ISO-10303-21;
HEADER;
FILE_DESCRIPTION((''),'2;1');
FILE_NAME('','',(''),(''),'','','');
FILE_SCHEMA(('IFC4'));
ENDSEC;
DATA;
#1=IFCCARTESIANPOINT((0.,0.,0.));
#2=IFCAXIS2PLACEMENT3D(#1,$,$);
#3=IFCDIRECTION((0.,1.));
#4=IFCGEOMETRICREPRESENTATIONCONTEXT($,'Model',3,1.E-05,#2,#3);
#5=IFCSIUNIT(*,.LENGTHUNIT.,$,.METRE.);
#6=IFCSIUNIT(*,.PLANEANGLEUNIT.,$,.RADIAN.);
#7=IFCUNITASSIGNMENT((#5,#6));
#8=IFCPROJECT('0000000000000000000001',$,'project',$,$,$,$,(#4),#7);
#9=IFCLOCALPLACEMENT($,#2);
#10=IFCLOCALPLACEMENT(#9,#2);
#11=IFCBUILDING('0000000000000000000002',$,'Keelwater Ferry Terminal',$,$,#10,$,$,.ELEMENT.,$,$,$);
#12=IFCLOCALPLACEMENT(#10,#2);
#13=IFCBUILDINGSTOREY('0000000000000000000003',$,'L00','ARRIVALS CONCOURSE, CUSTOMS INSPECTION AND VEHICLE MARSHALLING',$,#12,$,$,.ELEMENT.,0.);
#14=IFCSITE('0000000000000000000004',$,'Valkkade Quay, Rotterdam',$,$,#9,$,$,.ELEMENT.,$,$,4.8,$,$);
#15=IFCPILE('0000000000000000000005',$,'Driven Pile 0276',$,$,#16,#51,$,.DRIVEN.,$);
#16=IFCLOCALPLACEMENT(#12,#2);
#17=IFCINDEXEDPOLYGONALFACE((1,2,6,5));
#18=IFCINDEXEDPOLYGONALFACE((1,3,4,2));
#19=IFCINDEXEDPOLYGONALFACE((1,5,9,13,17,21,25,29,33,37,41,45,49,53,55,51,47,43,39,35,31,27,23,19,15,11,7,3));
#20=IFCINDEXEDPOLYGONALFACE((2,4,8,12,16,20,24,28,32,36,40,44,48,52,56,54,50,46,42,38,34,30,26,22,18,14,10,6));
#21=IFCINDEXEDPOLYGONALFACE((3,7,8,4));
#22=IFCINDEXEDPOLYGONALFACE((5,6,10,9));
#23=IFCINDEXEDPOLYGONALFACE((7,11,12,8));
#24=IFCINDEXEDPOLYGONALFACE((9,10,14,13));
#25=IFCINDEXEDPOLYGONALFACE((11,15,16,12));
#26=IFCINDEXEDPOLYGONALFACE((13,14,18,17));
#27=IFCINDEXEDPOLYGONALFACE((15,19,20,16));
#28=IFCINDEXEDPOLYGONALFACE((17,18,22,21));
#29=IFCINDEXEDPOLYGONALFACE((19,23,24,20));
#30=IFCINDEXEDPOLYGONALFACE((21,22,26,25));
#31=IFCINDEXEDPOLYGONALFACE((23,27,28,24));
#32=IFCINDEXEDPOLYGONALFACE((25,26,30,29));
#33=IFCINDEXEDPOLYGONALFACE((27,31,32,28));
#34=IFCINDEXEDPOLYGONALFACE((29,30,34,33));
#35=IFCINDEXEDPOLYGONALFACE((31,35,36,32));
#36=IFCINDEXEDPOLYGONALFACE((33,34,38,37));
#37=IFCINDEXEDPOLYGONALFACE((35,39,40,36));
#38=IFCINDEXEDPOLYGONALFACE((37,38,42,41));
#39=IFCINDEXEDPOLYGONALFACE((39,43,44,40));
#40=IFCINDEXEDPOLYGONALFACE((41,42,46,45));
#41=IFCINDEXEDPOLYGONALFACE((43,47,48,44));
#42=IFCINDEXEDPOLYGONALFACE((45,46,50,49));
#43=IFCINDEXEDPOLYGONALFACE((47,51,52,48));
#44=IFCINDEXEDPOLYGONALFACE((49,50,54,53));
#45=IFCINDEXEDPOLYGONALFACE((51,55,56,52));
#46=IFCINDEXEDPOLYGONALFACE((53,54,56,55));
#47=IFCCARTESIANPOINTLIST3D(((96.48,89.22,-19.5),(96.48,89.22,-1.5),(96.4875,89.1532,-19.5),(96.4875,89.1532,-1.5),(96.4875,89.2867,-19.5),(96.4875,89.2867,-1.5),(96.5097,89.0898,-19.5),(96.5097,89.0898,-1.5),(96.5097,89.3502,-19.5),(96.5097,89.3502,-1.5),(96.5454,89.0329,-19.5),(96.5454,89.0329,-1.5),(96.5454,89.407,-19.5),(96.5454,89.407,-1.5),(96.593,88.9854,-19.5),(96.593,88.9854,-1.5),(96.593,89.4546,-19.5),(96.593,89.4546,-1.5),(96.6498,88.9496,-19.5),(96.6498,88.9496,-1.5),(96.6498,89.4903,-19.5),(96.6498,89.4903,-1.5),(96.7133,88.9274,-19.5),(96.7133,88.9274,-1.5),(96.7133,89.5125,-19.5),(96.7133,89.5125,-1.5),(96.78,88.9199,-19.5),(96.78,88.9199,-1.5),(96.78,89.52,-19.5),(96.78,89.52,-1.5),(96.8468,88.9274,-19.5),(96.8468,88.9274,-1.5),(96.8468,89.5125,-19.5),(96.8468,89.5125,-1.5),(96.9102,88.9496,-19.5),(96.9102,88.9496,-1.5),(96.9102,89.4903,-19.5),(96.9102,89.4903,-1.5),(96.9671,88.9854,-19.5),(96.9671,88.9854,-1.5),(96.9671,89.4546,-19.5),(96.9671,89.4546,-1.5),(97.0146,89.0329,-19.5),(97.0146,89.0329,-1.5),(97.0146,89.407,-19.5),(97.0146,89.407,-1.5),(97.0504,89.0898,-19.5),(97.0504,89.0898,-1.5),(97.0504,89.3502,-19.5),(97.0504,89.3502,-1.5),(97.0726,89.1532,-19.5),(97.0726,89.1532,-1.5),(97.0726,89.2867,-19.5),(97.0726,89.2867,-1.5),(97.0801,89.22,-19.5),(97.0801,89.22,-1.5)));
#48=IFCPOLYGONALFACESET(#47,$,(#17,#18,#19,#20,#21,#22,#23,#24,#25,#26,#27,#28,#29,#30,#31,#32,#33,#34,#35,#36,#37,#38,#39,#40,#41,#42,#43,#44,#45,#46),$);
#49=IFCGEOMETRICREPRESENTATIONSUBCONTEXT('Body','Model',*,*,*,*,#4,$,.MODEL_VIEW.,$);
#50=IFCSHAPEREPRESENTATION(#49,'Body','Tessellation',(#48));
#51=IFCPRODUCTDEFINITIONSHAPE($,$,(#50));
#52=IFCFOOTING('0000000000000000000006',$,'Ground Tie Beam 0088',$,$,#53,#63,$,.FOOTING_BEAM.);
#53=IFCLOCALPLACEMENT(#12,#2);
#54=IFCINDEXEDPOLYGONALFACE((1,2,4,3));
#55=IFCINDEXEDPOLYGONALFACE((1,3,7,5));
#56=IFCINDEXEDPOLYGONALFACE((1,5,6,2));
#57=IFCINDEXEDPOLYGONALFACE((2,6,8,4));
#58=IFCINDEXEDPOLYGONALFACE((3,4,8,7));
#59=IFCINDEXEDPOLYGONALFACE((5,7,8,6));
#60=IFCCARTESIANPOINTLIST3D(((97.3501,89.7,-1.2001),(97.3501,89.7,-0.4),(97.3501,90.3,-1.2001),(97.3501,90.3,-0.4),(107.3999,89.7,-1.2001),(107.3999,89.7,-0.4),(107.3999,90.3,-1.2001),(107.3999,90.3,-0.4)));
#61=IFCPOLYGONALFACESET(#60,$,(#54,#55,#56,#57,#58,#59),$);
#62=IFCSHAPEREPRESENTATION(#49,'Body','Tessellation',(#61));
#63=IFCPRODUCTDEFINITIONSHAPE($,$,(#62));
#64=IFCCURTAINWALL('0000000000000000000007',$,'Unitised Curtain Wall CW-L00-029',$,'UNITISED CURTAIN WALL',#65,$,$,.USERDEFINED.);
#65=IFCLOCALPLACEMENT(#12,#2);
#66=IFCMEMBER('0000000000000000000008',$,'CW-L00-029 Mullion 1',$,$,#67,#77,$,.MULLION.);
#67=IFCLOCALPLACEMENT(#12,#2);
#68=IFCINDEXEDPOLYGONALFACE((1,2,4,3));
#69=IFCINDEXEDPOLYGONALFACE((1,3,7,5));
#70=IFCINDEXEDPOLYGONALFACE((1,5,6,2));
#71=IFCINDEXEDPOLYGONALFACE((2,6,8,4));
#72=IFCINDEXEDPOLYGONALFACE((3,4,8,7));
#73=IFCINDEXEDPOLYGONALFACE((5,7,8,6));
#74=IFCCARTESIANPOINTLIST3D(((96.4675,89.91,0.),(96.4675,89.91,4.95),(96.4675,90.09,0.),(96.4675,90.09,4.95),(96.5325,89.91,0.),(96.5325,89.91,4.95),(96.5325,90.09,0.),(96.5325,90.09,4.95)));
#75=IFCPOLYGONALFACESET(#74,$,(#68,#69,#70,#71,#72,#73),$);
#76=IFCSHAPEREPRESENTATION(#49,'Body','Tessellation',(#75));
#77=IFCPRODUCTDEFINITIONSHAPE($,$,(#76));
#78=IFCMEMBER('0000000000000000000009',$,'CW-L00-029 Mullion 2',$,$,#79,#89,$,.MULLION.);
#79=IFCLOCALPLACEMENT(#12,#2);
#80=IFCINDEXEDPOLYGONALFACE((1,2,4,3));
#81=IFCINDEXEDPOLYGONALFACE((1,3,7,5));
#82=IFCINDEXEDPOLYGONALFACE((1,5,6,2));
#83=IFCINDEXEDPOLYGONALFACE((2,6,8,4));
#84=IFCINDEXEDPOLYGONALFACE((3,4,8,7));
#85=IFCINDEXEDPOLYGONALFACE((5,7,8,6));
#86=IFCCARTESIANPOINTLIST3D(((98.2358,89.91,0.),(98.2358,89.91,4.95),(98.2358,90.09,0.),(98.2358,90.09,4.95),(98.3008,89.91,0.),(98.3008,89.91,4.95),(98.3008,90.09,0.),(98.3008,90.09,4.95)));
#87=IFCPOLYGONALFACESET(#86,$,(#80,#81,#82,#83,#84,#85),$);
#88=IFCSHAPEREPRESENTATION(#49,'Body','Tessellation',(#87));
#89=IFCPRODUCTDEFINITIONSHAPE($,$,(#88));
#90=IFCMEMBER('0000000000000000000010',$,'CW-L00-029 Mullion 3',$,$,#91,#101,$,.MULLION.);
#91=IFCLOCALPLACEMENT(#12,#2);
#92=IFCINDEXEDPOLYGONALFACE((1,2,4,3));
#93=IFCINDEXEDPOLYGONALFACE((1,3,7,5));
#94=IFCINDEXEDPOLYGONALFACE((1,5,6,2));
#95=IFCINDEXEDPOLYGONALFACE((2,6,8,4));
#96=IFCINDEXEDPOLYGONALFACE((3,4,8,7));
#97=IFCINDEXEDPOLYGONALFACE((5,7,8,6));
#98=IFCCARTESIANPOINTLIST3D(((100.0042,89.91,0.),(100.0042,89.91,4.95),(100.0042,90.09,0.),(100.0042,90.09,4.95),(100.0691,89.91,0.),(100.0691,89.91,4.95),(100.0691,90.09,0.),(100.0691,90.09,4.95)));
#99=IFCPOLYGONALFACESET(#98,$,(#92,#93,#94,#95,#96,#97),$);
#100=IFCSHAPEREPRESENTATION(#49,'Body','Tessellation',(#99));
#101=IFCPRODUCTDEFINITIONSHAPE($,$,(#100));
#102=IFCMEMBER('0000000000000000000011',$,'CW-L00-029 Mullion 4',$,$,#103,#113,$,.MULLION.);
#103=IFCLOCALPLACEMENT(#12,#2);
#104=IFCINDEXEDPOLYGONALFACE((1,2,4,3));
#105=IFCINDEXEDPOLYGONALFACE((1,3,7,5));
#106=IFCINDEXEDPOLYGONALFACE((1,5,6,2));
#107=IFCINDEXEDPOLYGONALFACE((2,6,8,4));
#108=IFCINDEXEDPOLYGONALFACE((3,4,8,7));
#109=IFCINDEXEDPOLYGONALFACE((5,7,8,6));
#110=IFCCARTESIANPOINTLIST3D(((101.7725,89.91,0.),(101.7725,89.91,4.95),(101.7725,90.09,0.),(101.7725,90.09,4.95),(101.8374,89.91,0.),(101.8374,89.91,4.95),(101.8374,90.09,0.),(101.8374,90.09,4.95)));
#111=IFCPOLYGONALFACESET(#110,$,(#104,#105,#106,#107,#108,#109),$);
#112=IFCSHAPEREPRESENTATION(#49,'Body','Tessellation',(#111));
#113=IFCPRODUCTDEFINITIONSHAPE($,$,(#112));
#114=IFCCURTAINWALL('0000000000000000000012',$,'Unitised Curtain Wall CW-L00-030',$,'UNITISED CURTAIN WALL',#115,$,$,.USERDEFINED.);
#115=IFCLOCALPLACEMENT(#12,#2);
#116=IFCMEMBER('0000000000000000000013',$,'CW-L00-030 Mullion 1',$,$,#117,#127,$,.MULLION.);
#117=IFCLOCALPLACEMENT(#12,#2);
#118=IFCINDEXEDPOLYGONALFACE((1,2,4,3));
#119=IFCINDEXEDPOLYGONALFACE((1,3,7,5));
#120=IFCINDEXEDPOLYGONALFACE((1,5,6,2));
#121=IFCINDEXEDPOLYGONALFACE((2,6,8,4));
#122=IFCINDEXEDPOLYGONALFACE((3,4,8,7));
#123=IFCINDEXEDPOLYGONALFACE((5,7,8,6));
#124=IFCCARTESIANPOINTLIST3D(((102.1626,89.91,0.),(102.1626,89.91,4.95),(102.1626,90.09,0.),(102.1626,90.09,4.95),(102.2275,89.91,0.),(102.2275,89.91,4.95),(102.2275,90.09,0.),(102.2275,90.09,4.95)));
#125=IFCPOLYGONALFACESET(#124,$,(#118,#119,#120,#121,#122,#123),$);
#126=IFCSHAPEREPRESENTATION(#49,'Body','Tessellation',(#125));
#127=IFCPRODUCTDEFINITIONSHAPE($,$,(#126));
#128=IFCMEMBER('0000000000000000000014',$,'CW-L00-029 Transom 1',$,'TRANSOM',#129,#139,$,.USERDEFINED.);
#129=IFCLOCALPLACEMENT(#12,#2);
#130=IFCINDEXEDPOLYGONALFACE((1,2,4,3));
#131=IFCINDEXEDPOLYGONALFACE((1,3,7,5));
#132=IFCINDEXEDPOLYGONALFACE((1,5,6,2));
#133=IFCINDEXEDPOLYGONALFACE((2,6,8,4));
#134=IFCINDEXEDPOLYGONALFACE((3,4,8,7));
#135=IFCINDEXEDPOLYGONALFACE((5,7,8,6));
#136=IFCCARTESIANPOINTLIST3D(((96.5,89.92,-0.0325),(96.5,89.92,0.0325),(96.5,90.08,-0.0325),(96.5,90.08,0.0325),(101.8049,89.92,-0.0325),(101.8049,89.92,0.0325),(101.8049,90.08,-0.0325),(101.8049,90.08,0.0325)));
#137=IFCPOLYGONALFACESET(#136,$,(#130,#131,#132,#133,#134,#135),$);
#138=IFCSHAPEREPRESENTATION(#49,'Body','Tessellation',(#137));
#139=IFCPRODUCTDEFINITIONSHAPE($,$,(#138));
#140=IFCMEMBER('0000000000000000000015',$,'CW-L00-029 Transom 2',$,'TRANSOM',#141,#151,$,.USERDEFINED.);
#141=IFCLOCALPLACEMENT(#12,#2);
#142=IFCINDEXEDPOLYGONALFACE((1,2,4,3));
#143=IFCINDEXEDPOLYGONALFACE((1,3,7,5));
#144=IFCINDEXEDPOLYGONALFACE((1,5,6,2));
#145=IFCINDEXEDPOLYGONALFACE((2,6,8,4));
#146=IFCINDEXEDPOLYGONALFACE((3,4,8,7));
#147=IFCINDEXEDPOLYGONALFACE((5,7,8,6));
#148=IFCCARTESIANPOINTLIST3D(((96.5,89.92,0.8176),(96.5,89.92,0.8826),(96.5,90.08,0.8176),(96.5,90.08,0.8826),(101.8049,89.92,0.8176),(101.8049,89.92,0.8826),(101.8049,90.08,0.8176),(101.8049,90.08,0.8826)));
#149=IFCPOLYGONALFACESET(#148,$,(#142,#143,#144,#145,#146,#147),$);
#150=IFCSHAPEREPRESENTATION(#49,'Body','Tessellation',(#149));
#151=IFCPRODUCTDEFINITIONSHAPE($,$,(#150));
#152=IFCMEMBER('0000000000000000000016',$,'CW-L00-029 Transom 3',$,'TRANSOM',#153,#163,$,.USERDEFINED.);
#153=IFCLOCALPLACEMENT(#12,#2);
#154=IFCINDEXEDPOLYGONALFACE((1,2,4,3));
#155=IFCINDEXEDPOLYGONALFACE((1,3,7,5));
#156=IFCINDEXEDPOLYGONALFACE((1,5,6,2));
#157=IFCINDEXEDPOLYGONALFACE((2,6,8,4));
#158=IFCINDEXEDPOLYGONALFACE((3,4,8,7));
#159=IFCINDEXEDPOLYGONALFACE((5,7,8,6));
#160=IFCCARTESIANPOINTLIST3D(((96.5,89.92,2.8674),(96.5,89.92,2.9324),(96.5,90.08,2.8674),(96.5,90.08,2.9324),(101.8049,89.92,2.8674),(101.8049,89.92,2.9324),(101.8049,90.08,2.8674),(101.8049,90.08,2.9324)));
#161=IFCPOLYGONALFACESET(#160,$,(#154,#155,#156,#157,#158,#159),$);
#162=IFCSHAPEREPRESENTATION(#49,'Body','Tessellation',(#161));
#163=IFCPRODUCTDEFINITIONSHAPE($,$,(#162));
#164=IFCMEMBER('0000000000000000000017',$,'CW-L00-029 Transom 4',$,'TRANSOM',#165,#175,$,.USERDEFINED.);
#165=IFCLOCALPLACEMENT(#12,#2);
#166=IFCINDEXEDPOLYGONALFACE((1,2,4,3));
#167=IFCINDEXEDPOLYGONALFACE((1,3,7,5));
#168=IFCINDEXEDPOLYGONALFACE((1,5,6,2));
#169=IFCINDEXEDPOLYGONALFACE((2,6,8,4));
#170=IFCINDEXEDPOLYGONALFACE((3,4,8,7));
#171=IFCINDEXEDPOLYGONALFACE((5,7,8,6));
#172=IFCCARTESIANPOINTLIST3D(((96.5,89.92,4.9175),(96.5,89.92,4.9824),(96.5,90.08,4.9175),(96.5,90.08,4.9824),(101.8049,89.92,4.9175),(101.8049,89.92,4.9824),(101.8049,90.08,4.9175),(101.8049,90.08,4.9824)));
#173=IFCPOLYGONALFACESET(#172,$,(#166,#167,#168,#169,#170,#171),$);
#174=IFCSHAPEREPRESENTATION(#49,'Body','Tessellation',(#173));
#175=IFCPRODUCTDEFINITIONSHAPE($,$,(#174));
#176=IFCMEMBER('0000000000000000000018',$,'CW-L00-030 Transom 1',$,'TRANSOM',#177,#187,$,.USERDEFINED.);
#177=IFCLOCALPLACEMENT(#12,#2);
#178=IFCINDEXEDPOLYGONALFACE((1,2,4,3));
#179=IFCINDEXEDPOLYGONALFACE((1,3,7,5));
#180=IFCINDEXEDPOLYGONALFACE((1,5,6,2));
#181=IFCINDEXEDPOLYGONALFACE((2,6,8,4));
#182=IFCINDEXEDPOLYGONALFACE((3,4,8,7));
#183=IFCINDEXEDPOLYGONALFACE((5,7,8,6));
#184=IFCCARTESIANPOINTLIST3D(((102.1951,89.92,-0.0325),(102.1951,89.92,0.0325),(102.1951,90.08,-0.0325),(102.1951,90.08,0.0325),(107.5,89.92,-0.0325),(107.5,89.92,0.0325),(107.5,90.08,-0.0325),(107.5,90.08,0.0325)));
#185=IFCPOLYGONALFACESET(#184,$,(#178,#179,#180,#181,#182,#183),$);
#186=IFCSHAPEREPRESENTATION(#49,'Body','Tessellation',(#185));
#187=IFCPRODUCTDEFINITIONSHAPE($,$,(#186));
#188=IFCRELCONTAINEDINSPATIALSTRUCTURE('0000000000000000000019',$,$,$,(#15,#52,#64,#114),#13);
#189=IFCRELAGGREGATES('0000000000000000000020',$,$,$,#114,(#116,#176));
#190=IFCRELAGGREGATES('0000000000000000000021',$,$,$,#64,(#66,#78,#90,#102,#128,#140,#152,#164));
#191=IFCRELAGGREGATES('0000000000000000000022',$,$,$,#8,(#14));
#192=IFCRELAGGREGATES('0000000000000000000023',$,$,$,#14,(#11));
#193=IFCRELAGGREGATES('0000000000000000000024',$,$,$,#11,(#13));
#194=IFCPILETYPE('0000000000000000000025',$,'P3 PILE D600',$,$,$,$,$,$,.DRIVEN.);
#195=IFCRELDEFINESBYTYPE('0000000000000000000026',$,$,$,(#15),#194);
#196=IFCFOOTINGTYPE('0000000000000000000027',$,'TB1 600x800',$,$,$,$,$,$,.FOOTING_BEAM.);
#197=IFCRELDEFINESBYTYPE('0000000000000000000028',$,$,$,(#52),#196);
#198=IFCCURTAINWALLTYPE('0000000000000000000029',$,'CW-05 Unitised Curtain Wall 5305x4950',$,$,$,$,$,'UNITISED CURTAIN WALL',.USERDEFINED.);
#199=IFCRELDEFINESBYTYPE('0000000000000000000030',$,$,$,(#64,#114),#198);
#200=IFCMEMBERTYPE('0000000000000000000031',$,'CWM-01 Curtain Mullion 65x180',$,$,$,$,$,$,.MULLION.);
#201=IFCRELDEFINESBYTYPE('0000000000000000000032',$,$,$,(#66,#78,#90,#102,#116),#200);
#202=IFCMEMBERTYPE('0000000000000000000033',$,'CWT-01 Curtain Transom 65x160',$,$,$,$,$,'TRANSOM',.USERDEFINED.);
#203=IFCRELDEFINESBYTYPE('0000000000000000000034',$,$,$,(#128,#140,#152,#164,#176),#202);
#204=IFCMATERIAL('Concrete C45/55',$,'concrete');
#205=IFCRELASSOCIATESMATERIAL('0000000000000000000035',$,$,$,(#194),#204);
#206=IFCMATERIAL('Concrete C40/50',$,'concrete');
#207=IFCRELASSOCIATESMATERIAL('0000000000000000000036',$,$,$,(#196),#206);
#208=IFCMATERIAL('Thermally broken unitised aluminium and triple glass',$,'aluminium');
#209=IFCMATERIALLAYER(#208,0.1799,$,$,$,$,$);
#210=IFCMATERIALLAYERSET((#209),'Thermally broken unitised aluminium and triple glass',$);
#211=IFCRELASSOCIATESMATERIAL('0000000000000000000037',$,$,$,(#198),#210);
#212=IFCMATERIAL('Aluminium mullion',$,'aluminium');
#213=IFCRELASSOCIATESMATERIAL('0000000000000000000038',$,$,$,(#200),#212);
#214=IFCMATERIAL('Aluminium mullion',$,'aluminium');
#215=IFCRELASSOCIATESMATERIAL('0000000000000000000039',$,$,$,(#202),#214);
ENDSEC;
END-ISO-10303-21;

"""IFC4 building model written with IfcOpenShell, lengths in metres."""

from ifc_helpers import new_model, si_unit, direction, frame, origin, origin_2d, place, context, subcontext, project, spatial, rectangle, circle, extrude, material, layer, layer_set, material_profile, profile_set, type_object, element, aggregate, save


model = new_model("IFC4")

# Units and contexts
model_context = context("Model", 3, precision=1e-05, world=origin(), true_north=direction((0.0, 1.0)))
body_context = subcontext(model_context, "Body", "Model", "MODEL_VIEW")
ifc_project = project(units=[si_unit("LENGTHUNIT", "METRE"), si_unit("PLANEANGLEUNIT", "RADIAN")], contexts=[model_context])

# Site, building, storey
site_placement = place(None, origin())
site = spatial("IfcSite", under=ifc_project, at=site_placement, Name="Valkkade Quay, Rotterdam", CompositionType="ELEMENT", RefElevation=4.8)
building_placement = place(site_placement, origin())
building = spatial("IfcBuilding", under=site, at=building_placement, Name="Keelwater Ferry Terminal", CompositionType="ELEMENT")
storey_placement = place(building_placement, origin())
storey = spatial("IfcBuildingStorey", under=building, at=storey_placement, Name="L00", Description="ARRIVALS CONCOURSE, CUSTOMS INSPECTION AND VEHICLE MARSHALLING", CompositionType="ELEMENT", Elevation=0.0)

# Pile
ifc_material_1 = material(Name="Concrete C45/55", Category="concrete")
ifc_material_profile_1 = material_profile(ifc_material_1, circle(Radius=0.3, at=origin_2d()), Name="PILE D600")
ifc_profile_set_1 = profile_set([ifc_material_profile_1], Name="Concrete C45/55")
pile_type = type_object("IfcPileType", Name="P3 PILE D600", PredefinedType="DRIVEN", material=ifc_profile_set_1)
pile_placement = place(storey_placement, frame((96.78, 89.22, -1.5), z_axis=(0.0, 0.0, -1.0), x_axis=(1.0, 0.0, 0.0)))
element("IfcPile", 1, at=pile_placement, inside=storey, type_object=pile_type, Name="Driven Pile 0276", PredefinedType="DRIVEN", context=body_context, shape_type="SweptSolid", body=[
    extrude(circle(Radius=0.3, at=origin_2d()), origin(), (0.0, 0.0, 1.0), 18.0),
])

# Footing
ifc_material_2 = material(Name="Concrete C40/50", Category="concrete")
ifc_material_profile_2 = material_profile(ifc_material_2, rectangle(XDim=0.6001, YDim=0.8, at=origin_2d()), Name="TB 600x800")
ifc_profile_set_2 = profile_set([ifc_material_profile_2], Name="Concrete C40/50")
footing_type = type_object("IfcFootingType", Name="TB1 600x800", PredefinedType="FOOTING_BEAM", material=ifc_profile_set_2)
footing_placement = place(storey_placement, frame((97.3501, 90.0, -0.8), z_axis=(1.0, 0.0, 0.0), x_axis=(0.0, 1.0, 0.0)))
element("IfcFooting", 2, at=footing_placement, inside=storey, type_object=footing_type, Name="Ground Tie Beam 0088", PredefinedType="FOOTING_BEAM", context=body_context, shape_type="SweptSolid", body=[
    extrude(rectangle(XDim=0.6001, YDim=0.8, at=origin_2d()), origin(), (0.0, 0.0, 1.0), 10.0498),
])

# Curtain wall, members
ifc_material_3 = material(Name="Thermally broken unitised aluminium and triple glass", Category="aluminium")
ifc_layer_1 = layer(ifc_material_3, 0.1799)
ifc_layer_set_1 = layer_set([ifc_layer_1], Name="Thermally broken unitised aluminium and triple glass")
curtain_wall_type = type_object("IfcCurtainWallType", Name="CW-05 Unitised Curtain Wall 5305x4950", ElementType="UNITISED CURTAIN WALL", PredefinedType="USERDEFINED", material=ifc_layer_set_1)
curtain_wall_1_placement = place(storey_placement, origin())
curtain_wall_1 = element("IfcCurtainWall", 3, at=curtain_wall_1_placement, inside=storey, type_object=curtain_wall_type, Name="Unitised Curtain Wall CW-L00-029", ObjectType="UNITISED CURTAIN WALL", PredefinedType="USERDEFINED")
ifc_material_4 = material(Name="Aluminium mullion", Category="aluminium")
ifc_material_profile_3 = material_profile(ifc_material_4, rectangle(XDim=0.0649, YDim=0.1799, at=origin_2d()), Name="CWM-01")
ifc_profile_set_3 = profile_set([ifc_material_profile_3], Name="Aluminium mullion")
member_type_1 = type_object("IfcMemberType", Name="CWM-01 Curtain Mullion 65x180", PredefinedType="MULLION", material=ifc_profile_set_3)
member_1_placement = place(storey_placement, frame((96.5, 90.0, 0.0), z_axis=(0.0, 0.0, 1.0), x_axis=(1.0, 0.0, 0.0)))
member_1 = element("IfcMember", 4, at=member_1_placement, type_object=member_type_1, Name="CW-L00-029 Mullion 1", PredefinedType="MULLION", context=body_context, shape_type="SweptSolid", body=[
    extrude(rectangle(XDim=0.0649, YDim=0.1799, at=origin_2d()), origin(), (0.0, 0.0, 1.0), 4.95),
])
member_2_placement = place(storey_placement, frame((98.2683, 90.0, 0.0), z_axis=(0.0, 0.0, 1.0), x_axis=(1.0, 0.0, 0.0)))
member_2 = element("IfcMember", 5, at=member_2_placement, type_object=member_type_1, Name="CW-L00-029 Mullion 2", PredefinedType="MULLION", context=body_context, shape_type="SweptSolid", body=[
    extrude(rectangle(XDim=0.0649, YDim=0.1799, at=origin_2d()), origin(), (0.0, 0.0, 1.0), 4.95),
])
member_3_placement = place(storey_placement, frame((100.0366, 90.0, 0.0), z_axis=(0.0, 0.0, 1.0), x_axis=(1.0, 0.0, 0.0)))
member_3 = element("IfcMember", 6, at=member_3_placement, type_object=member_type_1, Name="CW-L00-029 Mullion 3", PredefinedType="MULLION", context=body_context, shape_type="SweptSolid", body=[
    extrude(rectangle(XDim=0.0649, YDim=0.1799, at=origin_2d()), origin(), (0.0, 0.0, 1.0), 4.95),
])
member_4_placement = place(storey_placement, frame((101.8049, 90.0, 0.0), z_axis=(0.0, 0.0, 1.0), x_axis=(1.0, 0.0, 0.0)))
member_4 = element("IfcMember", 7, at=member_4_placement, type_object=member_type_1, Name="CW-L00-029 Mullion 4", PredefinedType="MULLION", context=body_context, shape_type="SweptSolid", body=[
    extrude(rectangle(XDim=0.0649, YDim=0.1799, at=origin_2d()), origin(), (0.0, 0.0, 1.0), 4.95),
])

# Curtain wall, member
curtain_wall_2_placement = place(storey_placement, origin())
curtain_wall_2 = element("IfcCurtainWall", 8, at=curtain_wall_2_placement, inside=storey, type_object=curtain_wall_type, Name="Unitised Curtain Wall CW-L00-030", ObjectType="UNITISED CURTAIN WALL", PredefinedType="USERDEFINED")
member_5_placement = place(storey_placement, frame((102.1951, 90.0, 0.0), z_axis=(0.0, 0.0, 1.0), x_axis=(1.0, 0.0, 0.0)))
member_5 = element("IfcMember", 9, at=member_5_placement, type_object=member_type_1, Name="CW-L00-030 Mullion 1", PredefinedType="MULLION", context=body_context, shape_type="SweptSolid", body=[
    extrude(rectangle(XDim=0.0649, YDim=0.1799, at=origin_2d()), origin(), (0.0, 0.0, 1.0), 4.95),
])

# Members
ifc_material_5 = material(Name="Aluminium mullion", Category="aluminium")
ifc_material_profile_4 = material_profile(ifc_material_5, rectangle(XDim=0.1599, YDim=0.0649, at=origin_2d()), Name="CWT-01")
ifc_profile_set_4 = profile_set([ifc_material_profile_4], Name="Aluminium mullion")
member_type_2 = type_object("IfcMemberType", Name="CWT-01 Curtain Transom 65x160", ElementType="TRANSOM", PredefinedType="USERDEFINED", material=ifc_profile_set_4)
member_6_placement = place(storey_placement, frame((96.5, 90.0, 0.0), z_axis=(1.0, 0.0, 0.0), x_axis=(0.0, 1.0, 0.0)))
member_6 = element("IfcMember", 10, at=member_6_placement, type_object=member_type_2, Name="CW-L00-029 Transom 1", ObjectType="TRANSOM", PredefinedType="USERDEFINED", context=body_context, shape_type="SweptSolid", body=[
    extrude(rectangle(XDim=0.1599, YDim=0.0649, at=origin_2d()), origin(), (0.0, 0.0, 1.0), 5.3049),
])
member_7_placement = place(storey_placement, frame((96.5, 90.0, 0.8501), z_axis=(1.0, 0.0, 0.0), x_axis=(0.0, 1.0, 0.0)))
member_7 = element("IfcMember", 11, at=member_7_placement, type_object=member_type_2, Name="CW-L00-029 Transom 2", ObjectType="TRANSOM", PredefinedType="USERDEFINED", context=body_context, shape_type="SweptSolid", body=[
    extrude(rectangle(XDim=0.1599, YDim=0.0649, at=origin_2d()), origin(), (0.0, 0.0, 1.0), 5.3049),
])
member_8_placement = place(storey_placement, frame((96.5, 90.0, 2.8999), z_axis=(1.0, 0.0, 0.0), x_axis=(0.0, 1.0, 0.0)))
member_8 = element("IfcMember", 12, at=member_8_placement, type_object=member_type_2, Name="CW-L00-029 Transom 3", ObjectType="TRANSOM", PredefinedType="USERDEFINED", context=body_context, shape_type="SweptSolid", body=[
    extrude(rectangle(XDim=0.1599, YDim=0.0649, at=origin_2d()), origin(), (0.0, 0.0, 1.0), 5.3049),
])
member_9_placement = place(storey_placement, frame((96.5, 90.0, 4.95), z_axis=(1.0, 0.0, 0.0), x_axis=(0.0, 1.0, 0.0)))
member_9 = element("IfcMember", 13, at=member_9_placement, type_object=member_type_2, Name="CW-L00-029 Transom 4", ObjectType="TRANSOM", PredefinedType="USERDEFINED", context=body_context, shape_type="SweptSolid", body=[
    extrude(rectangle(XDim=0.1599, YDim=0.0649, at=origin_2d()), origin(), (0.0, 0.0, 1.0), 5.3049),
])
member_10_placement = place(storey_placement, frame((102.1951, 90.0, 0.0), z_axis=(1.0, 0.0, 0.0), x_axis=(0.0, 1.0, 0.0)))
member_10 = element("IfcMember", 14, at=member_10_placement, type_object=member_type_2, Name="CW-L00-030 Transom 1", ObjectType="TRANSOM", PredefinedType="USERDEFINED", context=body_context, shape_type="SweptSolid", body=[
    extrude(rectangle(XDim=0.1599, YDim=0.0649, at=origin_2d()), origin(), (0.0, 0.0, 1.0), 5.3049),
])
aggregate(curtain_wall_2, [member_5, member_10])

aggregate(curtain_wall_1, [member_1, member_2, member_3, member_4, member_6, member_7, member_8, member_9])

save(model, "model.ifc")
